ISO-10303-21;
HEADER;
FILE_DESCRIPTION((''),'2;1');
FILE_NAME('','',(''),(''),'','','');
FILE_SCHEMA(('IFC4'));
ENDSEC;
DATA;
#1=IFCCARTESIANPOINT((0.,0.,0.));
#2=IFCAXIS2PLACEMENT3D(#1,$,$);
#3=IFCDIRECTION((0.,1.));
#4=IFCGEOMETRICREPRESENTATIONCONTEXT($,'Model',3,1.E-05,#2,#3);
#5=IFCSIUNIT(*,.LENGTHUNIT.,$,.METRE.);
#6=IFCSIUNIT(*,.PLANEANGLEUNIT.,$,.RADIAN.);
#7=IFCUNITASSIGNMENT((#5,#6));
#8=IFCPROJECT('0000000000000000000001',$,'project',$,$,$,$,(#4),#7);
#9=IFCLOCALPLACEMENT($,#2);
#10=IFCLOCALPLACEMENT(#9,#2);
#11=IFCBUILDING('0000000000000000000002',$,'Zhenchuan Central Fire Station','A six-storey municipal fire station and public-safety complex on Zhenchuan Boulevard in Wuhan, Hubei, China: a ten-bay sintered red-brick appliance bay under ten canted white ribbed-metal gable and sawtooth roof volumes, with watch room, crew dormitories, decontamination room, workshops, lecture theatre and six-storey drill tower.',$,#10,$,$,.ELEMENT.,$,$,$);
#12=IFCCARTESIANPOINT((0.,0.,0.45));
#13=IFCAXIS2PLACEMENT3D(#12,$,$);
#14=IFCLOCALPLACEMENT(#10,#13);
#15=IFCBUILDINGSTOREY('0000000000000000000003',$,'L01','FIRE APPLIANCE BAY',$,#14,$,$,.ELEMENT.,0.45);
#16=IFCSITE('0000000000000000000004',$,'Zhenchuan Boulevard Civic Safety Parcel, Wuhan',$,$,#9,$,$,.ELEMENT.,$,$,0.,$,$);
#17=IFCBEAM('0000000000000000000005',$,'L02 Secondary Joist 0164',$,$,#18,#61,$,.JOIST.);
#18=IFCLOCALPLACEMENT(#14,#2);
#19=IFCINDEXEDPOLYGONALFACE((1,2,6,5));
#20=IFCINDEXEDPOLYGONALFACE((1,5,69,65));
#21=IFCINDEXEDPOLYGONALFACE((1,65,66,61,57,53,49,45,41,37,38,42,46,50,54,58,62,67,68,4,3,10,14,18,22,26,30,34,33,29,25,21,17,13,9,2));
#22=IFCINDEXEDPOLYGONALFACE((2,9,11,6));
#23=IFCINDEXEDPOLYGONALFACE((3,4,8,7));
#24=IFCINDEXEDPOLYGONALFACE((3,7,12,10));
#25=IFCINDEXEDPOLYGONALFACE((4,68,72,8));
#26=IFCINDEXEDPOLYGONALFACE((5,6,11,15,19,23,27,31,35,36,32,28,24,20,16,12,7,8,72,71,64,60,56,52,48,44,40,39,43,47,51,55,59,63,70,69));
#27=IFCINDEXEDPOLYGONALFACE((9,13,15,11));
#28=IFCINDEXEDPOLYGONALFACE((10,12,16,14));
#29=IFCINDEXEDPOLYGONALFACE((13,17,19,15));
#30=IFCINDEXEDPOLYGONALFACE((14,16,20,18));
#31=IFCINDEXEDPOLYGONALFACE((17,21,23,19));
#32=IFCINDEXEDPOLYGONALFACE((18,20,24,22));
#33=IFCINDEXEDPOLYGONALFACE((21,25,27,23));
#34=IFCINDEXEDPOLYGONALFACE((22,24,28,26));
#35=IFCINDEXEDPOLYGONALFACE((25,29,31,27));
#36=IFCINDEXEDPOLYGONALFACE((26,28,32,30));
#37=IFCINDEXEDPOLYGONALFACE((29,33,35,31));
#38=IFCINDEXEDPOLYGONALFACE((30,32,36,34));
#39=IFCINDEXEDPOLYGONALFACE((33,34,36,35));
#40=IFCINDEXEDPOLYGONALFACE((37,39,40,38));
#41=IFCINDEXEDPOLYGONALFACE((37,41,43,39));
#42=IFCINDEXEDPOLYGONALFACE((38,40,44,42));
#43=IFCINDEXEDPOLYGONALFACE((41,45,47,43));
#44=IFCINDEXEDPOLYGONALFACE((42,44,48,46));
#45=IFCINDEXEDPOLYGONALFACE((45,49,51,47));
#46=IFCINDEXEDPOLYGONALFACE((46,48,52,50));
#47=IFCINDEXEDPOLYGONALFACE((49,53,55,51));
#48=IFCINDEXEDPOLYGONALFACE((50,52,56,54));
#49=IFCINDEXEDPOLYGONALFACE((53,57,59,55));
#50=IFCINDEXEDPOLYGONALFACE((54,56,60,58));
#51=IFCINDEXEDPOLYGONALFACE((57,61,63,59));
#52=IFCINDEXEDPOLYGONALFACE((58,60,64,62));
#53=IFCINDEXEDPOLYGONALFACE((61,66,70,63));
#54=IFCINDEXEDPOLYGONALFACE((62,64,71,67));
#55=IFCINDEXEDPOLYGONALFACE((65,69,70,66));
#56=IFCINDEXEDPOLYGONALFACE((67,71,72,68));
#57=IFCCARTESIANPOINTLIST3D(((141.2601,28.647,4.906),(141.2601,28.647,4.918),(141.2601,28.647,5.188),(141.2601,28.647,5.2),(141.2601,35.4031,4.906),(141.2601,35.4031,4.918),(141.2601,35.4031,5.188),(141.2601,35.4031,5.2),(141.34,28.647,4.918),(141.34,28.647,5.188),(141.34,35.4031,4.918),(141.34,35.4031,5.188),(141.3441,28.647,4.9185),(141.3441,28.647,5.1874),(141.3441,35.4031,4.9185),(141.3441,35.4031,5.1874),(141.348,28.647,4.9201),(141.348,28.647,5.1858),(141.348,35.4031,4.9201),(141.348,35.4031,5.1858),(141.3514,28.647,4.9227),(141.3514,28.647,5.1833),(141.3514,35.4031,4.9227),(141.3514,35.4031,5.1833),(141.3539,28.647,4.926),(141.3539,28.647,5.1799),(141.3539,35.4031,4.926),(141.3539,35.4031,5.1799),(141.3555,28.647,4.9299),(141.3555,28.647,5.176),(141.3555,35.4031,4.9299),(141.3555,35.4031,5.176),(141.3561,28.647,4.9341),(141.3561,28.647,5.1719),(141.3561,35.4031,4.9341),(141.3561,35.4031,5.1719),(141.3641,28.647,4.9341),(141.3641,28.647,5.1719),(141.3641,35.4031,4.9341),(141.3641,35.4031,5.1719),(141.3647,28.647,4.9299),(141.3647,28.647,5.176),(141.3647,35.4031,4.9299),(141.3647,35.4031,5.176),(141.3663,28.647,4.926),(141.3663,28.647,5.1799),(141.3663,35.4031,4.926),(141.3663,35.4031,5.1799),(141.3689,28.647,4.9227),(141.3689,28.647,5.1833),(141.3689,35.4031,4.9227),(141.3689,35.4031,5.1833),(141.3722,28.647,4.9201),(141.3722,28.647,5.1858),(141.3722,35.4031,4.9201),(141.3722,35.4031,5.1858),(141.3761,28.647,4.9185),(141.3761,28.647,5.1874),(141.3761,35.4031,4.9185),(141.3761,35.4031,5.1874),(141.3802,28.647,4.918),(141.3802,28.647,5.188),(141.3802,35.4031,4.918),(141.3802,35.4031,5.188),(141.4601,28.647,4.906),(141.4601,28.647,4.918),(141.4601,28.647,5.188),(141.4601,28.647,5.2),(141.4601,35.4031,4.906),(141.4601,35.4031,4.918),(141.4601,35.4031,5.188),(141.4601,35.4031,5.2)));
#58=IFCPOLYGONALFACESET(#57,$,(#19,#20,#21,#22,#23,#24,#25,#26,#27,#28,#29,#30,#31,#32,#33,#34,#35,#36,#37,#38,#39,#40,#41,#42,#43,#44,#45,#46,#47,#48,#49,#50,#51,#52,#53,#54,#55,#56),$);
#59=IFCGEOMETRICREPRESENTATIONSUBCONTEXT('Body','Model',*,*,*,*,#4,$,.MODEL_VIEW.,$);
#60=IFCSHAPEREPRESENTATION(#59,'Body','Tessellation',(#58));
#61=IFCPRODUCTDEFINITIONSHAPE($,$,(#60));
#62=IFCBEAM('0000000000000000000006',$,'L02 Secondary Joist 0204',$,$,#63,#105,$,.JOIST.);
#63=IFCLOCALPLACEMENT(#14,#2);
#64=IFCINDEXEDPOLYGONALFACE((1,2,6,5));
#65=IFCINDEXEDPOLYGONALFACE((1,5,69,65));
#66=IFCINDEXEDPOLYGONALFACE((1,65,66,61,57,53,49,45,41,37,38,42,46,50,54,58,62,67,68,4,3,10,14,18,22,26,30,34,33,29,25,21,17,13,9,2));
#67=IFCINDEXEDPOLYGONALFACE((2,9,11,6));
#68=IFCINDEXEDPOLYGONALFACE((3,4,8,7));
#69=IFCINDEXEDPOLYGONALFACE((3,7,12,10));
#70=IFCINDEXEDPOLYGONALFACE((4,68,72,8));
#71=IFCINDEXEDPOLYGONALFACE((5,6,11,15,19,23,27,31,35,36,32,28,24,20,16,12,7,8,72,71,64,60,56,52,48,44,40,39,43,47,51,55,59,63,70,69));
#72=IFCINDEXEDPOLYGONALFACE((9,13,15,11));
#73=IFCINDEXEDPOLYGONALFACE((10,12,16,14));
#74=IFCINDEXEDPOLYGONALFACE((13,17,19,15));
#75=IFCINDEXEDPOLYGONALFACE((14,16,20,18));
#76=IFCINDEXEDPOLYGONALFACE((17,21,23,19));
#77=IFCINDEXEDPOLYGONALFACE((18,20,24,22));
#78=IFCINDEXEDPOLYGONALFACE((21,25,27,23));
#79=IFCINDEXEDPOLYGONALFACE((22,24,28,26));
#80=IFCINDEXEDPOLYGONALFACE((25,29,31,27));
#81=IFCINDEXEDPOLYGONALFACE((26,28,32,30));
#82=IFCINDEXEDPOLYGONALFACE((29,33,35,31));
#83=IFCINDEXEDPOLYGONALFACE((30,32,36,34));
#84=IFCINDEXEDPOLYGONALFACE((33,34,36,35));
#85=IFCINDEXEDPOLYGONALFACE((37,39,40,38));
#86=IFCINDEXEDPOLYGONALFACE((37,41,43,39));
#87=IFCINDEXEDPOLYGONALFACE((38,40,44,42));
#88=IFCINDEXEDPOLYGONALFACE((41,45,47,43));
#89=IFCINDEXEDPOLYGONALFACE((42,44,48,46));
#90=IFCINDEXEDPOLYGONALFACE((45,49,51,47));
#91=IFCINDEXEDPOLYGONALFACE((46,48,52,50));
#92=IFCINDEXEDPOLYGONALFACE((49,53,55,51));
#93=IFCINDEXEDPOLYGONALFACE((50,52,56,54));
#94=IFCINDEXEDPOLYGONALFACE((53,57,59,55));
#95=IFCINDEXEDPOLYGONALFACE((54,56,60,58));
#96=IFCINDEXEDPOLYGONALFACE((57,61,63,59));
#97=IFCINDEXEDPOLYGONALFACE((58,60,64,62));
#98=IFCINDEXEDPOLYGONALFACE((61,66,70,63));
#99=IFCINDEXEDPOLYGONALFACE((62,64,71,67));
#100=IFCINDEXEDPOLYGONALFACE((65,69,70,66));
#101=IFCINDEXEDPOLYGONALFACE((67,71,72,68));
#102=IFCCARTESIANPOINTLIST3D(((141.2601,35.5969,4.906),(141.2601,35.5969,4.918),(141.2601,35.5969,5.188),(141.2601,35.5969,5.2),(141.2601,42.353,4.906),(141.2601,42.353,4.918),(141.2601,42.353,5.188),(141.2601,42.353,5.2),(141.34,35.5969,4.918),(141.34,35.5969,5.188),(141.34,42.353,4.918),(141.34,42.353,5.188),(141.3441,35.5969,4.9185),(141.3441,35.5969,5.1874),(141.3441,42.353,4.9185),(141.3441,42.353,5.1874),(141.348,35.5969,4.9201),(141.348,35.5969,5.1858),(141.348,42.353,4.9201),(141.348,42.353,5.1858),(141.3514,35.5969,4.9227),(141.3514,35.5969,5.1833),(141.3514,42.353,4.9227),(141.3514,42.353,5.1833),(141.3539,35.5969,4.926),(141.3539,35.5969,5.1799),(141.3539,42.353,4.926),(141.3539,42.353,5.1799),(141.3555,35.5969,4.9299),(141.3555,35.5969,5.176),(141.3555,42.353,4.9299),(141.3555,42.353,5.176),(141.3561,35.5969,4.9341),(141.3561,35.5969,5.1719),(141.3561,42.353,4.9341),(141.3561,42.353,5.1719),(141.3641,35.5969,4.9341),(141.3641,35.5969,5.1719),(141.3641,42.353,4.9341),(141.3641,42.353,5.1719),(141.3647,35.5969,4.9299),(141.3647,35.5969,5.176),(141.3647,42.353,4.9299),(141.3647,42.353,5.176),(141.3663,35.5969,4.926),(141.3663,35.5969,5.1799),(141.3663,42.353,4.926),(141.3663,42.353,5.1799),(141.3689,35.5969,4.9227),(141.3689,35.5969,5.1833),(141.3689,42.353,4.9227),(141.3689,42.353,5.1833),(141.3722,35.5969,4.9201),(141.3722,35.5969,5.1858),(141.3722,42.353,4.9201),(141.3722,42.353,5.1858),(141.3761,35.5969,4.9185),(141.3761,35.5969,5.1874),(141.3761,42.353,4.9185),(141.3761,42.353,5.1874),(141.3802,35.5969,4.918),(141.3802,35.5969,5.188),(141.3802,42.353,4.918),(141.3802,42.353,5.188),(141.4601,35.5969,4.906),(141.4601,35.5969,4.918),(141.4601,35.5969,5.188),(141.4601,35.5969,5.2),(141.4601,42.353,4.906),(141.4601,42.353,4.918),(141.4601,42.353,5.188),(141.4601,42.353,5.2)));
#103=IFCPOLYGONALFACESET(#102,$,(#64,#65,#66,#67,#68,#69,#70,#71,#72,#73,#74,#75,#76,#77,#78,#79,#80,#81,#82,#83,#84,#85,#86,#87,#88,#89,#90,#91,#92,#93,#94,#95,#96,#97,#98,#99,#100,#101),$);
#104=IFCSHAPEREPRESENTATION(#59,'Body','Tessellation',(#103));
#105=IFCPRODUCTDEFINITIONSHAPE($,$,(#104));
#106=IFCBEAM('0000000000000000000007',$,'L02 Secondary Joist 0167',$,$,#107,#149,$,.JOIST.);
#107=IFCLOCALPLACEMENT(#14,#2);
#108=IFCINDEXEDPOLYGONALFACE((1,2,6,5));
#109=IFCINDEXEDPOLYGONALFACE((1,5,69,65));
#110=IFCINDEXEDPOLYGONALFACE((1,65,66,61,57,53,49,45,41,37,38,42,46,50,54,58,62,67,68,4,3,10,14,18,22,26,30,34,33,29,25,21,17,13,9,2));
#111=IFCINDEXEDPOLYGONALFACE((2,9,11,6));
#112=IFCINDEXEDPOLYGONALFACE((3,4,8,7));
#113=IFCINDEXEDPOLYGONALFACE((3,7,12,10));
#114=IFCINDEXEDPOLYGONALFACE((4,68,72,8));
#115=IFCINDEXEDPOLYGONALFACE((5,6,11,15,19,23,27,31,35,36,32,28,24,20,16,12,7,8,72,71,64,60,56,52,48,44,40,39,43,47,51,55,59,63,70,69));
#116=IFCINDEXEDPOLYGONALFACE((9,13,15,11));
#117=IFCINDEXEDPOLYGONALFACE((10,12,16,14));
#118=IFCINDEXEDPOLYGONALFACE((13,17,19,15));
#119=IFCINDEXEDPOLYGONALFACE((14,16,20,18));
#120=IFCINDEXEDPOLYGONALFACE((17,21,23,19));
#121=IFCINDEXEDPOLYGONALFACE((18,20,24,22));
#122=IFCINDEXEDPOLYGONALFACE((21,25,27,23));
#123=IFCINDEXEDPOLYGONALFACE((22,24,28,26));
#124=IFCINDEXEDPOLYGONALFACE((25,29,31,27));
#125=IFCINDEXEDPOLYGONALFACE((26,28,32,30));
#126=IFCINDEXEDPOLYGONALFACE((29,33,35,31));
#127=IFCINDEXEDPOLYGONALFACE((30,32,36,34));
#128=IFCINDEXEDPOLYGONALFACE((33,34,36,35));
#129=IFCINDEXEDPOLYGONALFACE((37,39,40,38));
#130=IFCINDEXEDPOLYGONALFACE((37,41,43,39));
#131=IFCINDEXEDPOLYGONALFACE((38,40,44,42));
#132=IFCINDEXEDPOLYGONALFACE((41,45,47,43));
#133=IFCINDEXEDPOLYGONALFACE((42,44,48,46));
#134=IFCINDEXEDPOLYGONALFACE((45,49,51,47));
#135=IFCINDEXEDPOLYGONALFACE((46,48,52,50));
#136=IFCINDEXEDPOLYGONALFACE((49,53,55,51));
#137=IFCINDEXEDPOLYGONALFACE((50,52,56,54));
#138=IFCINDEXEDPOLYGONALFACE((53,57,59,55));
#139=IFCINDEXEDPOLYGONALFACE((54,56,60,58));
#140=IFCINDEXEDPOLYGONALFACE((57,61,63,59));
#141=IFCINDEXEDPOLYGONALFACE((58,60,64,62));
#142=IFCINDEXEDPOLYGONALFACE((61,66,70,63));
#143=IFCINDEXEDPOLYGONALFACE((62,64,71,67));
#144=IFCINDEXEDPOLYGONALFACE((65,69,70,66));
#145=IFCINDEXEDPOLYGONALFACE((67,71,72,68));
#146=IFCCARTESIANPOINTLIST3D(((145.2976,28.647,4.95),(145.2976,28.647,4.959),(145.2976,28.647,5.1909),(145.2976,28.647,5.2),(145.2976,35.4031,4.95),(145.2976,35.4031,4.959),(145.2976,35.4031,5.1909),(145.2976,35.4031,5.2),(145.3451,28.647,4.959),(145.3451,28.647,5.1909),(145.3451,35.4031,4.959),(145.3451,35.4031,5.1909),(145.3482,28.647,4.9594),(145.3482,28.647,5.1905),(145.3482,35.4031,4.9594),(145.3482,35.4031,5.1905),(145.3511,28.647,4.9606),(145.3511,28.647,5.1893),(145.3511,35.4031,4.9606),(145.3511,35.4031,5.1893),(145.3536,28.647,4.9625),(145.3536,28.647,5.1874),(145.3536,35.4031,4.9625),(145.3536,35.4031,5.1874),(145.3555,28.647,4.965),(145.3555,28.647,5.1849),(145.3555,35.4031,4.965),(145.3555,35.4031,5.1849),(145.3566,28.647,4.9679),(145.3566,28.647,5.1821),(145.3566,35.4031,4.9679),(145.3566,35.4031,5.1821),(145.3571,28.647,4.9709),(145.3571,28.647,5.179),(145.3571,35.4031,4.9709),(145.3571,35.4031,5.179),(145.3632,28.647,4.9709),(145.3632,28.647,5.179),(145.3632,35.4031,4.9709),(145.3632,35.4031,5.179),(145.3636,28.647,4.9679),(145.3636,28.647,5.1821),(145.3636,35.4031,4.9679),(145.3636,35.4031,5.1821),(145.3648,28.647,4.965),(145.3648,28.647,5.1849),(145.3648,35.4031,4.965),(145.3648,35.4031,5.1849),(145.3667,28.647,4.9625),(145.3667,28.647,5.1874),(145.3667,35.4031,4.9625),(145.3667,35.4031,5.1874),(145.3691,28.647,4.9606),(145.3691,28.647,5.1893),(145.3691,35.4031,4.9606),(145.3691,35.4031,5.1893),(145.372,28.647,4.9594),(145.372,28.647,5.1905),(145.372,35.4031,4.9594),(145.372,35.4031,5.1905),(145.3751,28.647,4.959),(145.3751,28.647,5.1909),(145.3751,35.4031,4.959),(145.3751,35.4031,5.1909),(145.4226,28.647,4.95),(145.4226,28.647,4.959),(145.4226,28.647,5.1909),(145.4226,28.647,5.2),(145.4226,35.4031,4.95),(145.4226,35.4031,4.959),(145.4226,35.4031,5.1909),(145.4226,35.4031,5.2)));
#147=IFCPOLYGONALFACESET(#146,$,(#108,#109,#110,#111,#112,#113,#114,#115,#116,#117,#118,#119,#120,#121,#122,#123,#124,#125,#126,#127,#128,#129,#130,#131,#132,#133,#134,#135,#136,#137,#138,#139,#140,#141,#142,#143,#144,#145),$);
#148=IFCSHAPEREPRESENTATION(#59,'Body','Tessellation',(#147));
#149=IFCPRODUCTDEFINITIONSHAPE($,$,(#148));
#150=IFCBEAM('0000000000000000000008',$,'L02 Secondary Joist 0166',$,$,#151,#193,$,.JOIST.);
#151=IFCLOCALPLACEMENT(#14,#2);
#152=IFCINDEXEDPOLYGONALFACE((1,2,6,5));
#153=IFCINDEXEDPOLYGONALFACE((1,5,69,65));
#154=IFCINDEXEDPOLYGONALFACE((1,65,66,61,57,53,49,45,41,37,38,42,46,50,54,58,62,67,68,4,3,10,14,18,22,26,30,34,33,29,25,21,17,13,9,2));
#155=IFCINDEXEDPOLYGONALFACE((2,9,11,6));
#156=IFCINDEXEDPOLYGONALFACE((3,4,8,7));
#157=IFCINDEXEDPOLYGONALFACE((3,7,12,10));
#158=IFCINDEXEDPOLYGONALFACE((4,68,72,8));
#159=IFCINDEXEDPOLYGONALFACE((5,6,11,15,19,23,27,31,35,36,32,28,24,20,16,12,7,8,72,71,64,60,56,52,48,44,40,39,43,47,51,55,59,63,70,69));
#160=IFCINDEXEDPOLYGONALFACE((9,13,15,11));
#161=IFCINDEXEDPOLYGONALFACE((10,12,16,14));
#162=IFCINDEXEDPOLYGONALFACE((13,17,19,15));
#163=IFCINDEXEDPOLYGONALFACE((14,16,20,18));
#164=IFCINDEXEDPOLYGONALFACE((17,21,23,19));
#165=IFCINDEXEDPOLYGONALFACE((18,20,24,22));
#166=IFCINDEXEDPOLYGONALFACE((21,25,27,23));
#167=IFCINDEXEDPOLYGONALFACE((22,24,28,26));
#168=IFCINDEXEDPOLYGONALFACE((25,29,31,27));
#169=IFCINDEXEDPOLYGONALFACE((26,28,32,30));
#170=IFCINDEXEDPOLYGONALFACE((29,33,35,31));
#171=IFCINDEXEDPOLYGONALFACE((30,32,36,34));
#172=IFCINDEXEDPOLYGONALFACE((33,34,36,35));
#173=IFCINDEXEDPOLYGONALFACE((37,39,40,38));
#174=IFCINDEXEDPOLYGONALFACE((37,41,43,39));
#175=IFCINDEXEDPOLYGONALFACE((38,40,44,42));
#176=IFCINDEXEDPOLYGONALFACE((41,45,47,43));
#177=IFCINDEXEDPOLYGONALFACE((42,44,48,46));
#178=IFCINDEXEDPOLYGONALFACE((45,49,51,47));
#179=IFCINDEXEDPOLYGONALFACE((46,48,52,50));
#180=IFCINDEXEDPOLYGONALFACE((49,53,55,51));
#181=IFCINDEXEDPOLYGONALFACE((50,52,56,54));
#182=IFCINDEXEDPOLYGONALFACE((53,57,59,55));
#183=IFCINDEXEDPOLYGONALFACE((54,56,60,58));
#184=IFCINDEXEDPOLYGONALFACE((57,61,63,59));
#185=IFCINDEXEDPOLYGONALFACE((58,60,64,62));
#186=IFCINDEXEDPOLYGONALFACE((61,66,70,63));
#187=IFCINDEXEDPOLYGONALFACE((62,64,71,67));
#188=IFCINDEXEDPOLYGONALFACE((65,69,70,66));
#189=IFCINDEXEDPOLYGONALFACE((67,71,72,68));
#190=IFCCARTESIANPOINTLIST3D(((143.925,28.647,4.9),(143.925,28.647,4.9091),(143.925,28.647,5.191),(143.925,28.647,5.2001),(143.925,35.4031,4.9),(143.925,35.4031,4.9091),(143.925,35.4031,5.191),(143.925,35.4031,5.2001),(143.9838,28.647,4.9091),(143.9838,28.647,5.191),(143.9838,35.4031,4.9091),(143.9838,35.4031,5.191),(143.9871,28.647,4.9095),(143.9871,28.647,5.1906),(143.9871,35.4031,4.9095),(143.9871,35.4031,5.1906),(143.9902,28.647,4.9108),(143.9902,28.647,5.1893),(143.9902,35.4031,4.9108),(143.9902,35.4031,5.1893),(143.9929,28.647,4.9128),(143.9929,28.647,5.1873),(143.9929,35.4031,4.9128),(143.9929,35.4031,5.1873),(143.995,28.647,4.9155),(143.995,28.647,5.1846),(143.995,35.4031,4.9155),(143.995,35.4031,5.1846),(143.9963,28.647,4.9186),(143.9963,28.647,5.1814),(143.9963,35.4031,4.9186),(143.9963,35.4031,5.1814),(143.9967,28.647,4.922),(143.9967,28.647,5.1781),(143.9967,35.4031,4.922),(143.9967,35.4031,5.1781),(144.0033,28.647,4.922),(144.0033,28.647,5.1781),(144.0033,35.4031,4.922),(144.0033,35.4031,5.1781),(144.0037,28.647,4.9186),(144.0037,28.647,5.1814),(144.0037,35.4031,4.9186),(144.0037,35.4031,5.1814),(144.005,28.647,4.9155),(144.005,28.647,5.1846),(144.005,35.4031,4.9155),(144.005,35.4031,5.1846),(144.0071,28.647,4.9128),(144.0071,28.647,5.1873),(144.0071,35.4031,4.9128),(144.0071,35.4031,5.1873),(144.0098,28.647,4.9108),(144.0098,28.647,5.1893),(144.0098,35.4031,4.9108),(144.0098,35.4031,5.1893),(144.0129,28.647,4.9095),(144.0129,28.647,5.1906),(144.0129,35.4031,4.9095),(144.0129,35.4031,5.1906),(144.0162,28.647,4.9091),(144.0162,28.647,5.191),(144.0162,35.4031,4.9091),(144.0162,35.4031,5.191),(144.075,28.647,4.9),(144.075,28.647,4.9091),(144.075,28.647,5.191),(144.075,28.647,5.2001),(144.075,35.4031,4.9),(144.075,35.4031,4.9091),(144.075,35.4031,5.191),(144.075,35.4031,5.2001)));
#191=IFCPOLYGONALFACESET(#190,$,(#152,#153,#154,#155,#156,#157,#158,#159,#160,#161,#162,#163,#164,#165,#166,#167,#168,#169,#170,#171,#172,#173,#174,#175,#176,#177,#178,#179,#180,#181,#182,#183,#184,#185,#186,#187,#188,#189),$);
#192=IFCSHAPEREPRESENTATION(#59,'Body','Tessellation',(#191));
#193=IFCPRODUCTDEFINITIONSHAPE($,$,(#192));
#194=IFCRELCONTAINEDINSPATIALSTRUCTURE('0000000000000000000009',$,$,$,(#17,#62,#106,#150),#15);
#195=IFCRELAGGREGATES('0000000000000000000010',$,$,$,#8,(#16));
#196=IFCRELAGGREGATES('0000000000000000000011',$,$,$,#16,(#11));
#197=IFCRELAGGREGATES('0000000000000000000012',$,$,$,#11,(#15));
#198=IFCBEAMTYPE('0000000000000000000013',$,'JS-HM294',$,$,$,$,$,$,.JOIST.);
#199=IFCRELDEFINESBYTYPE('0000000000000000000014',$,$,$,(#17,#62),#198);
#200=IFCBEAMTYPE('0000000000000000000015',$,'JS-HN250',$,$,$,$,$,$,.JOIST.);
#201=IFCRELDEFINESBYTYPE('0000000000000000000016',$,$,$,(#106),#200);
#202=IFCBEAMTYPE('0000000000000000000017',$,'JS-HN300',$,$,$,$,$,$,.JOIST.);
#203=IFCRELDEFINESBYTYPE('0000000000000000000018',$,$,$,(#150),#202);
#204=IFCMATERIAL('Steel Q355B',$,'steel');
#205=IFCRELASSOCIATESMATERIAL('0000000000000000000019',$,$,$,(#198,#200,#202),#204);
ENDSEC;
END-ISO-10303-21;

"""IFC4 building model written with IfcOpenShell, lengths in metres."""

from ifc_helpers import new_model, si_unit, direction, frame, origin, origin_2d, place, context, subcontext, project, spatial, i_section, extrude, material, material_profile, profile_set, type_object, element, save


model = new_model("IFC4")

# Units and contexts
model_context = context("Model", 3, precision=1e-05, world=origin(), true_north=direction((0.0, 1.0)))
body_context = subcontext(model_context, "Body", "Model", "MODEL_VIEW")
ifc_project = project(units=[si_unit("LENGTHUNIT", "METRE"), si_unit("PLANEANGLEUNIT", "RADIAN")], contexts=[model_context])

# Site, building, storey
site_placement = place(None, origin())
site = spatial("IfcSite", under=ifc_project, at=site_placement, Name="Zhenchuan Boulevard Civic Safety Parcel, Wuhan", CompositionType="ELEMENT", RefElevation=0.0)
building_placement = place(site_placement, origin())
building = spatial("IfcBuilding", under=site, at=building_placement, Name="Zhenchuan Central Fire Station", Description="A six-storey municipal fire station and public-safety complex on Zhenchuan Boulevard in Wuhan, Hubei, China: a ten-bay sintered red-brick appliance bay under ten canted white ribbed-metal gable and sawtooth roof volumes, with watch room, crew dormitories, decontamination room, workshops, lecture theatre and six-storey drill tower.", CompositionType="ELEMENT")
storey_placement = place(building_placement, frame((0.0, 0.0, 0.45)))
storey = spatial("IfcBuildingStorey", under=building, at=storey_placement, Name="L01", Description="FIRE APPLIANCE BAY", CompositionType="ELEMENT", Elevation=0.45)

# Shared definitions
ifc_material_1 = material(Name="Steel Q355B", Category="steel")

# Beams
ifc_material_profile_1 = material_profile(ifc_material_1, i_section(OverallWidth=0.2, OverallDepth=0.2939, WebThickness=0.0081, FlangeThickness=0.012, FilletRadius=0.0161, at=origin_2d()), Name="HM 294x200")
ifc_profile_set_1 = profile_set([ifc_material_profile_1], Name="Steel Q355B")
beam_type_1 = type_object("IfcBeamType", Name="JS-HM294", PredefinedType="JOIST", material=ifc_profile_set_1)
for number, where, z_axis, x_axis, name in (
    (1, (141.3601, 28.647, 5.053), (0.0, 1.0, 0.0), (-1.0, 0.0, 0.0), "L02 Secondary Joist 0164"),
    (2, (141.3601, 35.5969, 5.053), (0.0, 1.0, 0.0), (-1.0, 0.0, 0.0), "L02 Secondary Joist 0204"),
):
    element("IfcBeam", number, at=place(storey_placement, frame(where, z_axis=z_axis, x_axis=x_axis)), inside=storey, type_object=beam_type_1, Name=name, PredefinedType="JOIST", context=body_context, shape_type="SweptSolid", body=[
        extrude(i_section(OverallWidth=0.2, OverallDepth=0.2939, WebThickness=0.0081, FlangeThickness=0.012, FilletRadius=0.0161, at=origin_2d()), origin(), (0.0, 0.0, 1.0), 6.7561),
    ])
ifc_material_profile_2 = material_profile(ifc_material_1, i_section(OverallWidth=0.125, OverallDepth=0.25, WebThickness=0.0061, FlangeThickness=0.009, FilletRadius=0.012, at=origin_2d()), Name="HN 250x125")
ifc_profile_set_2 = profile_set([ifc_material_profile_2], Name="Steel Q355B")
beam_type_2 = type_object("IfcBeamType", Name="JS-HN250", PredefinedType="JOIST", material=ifc_profile_set_2)
beam_1_placement = place(storey_placement, frame((145.3601, 28.647, 5.075), z_axis=(0.0, 1.0, 0.0), x_axis=(-1.0, 0.0, 0.0)))
element("IfcBeam", 3, at=beam_1_placement, inside=storey, type_object=beam_type_2, Name="L02 Secondary Joist 0167", PredefinedType="JOIST", context=body_context, shape_type="SweptSolid", body=[
    extrude(i_section(OverallWidth=0.125, OverallDepth=0.25, WebThickness=0.0061, FlangeThickness=0.009, FilletRadius=0.012, at=origin_2d()), origin(), (0.0, 0.0, 1.0), 6.7561),
])
ifc_material_profile_3 = material_profile(ifc_material_1, i_section(OverallWidth=0.1499, OverallDepth=0.3, WebThickness=0.0066, FlangeThickness=0.009, FilletRadius=0.0129, at=origin_2d()), Name="HN 300x150")
ifc_profile_set_3 = profile_set([ifc_material_profile_3], Name="Steel Q355B")
beam_type_3 = type_object("IfcBeamType", Name="JS-HN300", PredefinedType="JOIST", material=ifc_profile_set_3)
for number, where, z_axis, x_axis, name in (
    (4, (144.0, 28.647, 5.05), (0.0, 1.0, 0.0), (-1.0, 0.0, 0.0), "L02 Secondary Joist 0166"),
):
    element("IfcBeam", number, at=place(storey_placement, frame(where, z_axis=z_axis, x_axis=x_axis)), inside=storey, type_object=beam_type_3, Name=name, PredefinedType="JOIST", context=body_context, shape_type="SweptSolid", body=[
        extrude(i_section(OverallWidth=0.1499, OverallDepth=0.3, WebThickness=0.0066, FlangeThickness=0.009, FilletRadius=0.0129, at=origin_2d()), origin(), (0.0, 0.0, 1.0), 6.7561),
    ])

save(model, "model.ifc")
